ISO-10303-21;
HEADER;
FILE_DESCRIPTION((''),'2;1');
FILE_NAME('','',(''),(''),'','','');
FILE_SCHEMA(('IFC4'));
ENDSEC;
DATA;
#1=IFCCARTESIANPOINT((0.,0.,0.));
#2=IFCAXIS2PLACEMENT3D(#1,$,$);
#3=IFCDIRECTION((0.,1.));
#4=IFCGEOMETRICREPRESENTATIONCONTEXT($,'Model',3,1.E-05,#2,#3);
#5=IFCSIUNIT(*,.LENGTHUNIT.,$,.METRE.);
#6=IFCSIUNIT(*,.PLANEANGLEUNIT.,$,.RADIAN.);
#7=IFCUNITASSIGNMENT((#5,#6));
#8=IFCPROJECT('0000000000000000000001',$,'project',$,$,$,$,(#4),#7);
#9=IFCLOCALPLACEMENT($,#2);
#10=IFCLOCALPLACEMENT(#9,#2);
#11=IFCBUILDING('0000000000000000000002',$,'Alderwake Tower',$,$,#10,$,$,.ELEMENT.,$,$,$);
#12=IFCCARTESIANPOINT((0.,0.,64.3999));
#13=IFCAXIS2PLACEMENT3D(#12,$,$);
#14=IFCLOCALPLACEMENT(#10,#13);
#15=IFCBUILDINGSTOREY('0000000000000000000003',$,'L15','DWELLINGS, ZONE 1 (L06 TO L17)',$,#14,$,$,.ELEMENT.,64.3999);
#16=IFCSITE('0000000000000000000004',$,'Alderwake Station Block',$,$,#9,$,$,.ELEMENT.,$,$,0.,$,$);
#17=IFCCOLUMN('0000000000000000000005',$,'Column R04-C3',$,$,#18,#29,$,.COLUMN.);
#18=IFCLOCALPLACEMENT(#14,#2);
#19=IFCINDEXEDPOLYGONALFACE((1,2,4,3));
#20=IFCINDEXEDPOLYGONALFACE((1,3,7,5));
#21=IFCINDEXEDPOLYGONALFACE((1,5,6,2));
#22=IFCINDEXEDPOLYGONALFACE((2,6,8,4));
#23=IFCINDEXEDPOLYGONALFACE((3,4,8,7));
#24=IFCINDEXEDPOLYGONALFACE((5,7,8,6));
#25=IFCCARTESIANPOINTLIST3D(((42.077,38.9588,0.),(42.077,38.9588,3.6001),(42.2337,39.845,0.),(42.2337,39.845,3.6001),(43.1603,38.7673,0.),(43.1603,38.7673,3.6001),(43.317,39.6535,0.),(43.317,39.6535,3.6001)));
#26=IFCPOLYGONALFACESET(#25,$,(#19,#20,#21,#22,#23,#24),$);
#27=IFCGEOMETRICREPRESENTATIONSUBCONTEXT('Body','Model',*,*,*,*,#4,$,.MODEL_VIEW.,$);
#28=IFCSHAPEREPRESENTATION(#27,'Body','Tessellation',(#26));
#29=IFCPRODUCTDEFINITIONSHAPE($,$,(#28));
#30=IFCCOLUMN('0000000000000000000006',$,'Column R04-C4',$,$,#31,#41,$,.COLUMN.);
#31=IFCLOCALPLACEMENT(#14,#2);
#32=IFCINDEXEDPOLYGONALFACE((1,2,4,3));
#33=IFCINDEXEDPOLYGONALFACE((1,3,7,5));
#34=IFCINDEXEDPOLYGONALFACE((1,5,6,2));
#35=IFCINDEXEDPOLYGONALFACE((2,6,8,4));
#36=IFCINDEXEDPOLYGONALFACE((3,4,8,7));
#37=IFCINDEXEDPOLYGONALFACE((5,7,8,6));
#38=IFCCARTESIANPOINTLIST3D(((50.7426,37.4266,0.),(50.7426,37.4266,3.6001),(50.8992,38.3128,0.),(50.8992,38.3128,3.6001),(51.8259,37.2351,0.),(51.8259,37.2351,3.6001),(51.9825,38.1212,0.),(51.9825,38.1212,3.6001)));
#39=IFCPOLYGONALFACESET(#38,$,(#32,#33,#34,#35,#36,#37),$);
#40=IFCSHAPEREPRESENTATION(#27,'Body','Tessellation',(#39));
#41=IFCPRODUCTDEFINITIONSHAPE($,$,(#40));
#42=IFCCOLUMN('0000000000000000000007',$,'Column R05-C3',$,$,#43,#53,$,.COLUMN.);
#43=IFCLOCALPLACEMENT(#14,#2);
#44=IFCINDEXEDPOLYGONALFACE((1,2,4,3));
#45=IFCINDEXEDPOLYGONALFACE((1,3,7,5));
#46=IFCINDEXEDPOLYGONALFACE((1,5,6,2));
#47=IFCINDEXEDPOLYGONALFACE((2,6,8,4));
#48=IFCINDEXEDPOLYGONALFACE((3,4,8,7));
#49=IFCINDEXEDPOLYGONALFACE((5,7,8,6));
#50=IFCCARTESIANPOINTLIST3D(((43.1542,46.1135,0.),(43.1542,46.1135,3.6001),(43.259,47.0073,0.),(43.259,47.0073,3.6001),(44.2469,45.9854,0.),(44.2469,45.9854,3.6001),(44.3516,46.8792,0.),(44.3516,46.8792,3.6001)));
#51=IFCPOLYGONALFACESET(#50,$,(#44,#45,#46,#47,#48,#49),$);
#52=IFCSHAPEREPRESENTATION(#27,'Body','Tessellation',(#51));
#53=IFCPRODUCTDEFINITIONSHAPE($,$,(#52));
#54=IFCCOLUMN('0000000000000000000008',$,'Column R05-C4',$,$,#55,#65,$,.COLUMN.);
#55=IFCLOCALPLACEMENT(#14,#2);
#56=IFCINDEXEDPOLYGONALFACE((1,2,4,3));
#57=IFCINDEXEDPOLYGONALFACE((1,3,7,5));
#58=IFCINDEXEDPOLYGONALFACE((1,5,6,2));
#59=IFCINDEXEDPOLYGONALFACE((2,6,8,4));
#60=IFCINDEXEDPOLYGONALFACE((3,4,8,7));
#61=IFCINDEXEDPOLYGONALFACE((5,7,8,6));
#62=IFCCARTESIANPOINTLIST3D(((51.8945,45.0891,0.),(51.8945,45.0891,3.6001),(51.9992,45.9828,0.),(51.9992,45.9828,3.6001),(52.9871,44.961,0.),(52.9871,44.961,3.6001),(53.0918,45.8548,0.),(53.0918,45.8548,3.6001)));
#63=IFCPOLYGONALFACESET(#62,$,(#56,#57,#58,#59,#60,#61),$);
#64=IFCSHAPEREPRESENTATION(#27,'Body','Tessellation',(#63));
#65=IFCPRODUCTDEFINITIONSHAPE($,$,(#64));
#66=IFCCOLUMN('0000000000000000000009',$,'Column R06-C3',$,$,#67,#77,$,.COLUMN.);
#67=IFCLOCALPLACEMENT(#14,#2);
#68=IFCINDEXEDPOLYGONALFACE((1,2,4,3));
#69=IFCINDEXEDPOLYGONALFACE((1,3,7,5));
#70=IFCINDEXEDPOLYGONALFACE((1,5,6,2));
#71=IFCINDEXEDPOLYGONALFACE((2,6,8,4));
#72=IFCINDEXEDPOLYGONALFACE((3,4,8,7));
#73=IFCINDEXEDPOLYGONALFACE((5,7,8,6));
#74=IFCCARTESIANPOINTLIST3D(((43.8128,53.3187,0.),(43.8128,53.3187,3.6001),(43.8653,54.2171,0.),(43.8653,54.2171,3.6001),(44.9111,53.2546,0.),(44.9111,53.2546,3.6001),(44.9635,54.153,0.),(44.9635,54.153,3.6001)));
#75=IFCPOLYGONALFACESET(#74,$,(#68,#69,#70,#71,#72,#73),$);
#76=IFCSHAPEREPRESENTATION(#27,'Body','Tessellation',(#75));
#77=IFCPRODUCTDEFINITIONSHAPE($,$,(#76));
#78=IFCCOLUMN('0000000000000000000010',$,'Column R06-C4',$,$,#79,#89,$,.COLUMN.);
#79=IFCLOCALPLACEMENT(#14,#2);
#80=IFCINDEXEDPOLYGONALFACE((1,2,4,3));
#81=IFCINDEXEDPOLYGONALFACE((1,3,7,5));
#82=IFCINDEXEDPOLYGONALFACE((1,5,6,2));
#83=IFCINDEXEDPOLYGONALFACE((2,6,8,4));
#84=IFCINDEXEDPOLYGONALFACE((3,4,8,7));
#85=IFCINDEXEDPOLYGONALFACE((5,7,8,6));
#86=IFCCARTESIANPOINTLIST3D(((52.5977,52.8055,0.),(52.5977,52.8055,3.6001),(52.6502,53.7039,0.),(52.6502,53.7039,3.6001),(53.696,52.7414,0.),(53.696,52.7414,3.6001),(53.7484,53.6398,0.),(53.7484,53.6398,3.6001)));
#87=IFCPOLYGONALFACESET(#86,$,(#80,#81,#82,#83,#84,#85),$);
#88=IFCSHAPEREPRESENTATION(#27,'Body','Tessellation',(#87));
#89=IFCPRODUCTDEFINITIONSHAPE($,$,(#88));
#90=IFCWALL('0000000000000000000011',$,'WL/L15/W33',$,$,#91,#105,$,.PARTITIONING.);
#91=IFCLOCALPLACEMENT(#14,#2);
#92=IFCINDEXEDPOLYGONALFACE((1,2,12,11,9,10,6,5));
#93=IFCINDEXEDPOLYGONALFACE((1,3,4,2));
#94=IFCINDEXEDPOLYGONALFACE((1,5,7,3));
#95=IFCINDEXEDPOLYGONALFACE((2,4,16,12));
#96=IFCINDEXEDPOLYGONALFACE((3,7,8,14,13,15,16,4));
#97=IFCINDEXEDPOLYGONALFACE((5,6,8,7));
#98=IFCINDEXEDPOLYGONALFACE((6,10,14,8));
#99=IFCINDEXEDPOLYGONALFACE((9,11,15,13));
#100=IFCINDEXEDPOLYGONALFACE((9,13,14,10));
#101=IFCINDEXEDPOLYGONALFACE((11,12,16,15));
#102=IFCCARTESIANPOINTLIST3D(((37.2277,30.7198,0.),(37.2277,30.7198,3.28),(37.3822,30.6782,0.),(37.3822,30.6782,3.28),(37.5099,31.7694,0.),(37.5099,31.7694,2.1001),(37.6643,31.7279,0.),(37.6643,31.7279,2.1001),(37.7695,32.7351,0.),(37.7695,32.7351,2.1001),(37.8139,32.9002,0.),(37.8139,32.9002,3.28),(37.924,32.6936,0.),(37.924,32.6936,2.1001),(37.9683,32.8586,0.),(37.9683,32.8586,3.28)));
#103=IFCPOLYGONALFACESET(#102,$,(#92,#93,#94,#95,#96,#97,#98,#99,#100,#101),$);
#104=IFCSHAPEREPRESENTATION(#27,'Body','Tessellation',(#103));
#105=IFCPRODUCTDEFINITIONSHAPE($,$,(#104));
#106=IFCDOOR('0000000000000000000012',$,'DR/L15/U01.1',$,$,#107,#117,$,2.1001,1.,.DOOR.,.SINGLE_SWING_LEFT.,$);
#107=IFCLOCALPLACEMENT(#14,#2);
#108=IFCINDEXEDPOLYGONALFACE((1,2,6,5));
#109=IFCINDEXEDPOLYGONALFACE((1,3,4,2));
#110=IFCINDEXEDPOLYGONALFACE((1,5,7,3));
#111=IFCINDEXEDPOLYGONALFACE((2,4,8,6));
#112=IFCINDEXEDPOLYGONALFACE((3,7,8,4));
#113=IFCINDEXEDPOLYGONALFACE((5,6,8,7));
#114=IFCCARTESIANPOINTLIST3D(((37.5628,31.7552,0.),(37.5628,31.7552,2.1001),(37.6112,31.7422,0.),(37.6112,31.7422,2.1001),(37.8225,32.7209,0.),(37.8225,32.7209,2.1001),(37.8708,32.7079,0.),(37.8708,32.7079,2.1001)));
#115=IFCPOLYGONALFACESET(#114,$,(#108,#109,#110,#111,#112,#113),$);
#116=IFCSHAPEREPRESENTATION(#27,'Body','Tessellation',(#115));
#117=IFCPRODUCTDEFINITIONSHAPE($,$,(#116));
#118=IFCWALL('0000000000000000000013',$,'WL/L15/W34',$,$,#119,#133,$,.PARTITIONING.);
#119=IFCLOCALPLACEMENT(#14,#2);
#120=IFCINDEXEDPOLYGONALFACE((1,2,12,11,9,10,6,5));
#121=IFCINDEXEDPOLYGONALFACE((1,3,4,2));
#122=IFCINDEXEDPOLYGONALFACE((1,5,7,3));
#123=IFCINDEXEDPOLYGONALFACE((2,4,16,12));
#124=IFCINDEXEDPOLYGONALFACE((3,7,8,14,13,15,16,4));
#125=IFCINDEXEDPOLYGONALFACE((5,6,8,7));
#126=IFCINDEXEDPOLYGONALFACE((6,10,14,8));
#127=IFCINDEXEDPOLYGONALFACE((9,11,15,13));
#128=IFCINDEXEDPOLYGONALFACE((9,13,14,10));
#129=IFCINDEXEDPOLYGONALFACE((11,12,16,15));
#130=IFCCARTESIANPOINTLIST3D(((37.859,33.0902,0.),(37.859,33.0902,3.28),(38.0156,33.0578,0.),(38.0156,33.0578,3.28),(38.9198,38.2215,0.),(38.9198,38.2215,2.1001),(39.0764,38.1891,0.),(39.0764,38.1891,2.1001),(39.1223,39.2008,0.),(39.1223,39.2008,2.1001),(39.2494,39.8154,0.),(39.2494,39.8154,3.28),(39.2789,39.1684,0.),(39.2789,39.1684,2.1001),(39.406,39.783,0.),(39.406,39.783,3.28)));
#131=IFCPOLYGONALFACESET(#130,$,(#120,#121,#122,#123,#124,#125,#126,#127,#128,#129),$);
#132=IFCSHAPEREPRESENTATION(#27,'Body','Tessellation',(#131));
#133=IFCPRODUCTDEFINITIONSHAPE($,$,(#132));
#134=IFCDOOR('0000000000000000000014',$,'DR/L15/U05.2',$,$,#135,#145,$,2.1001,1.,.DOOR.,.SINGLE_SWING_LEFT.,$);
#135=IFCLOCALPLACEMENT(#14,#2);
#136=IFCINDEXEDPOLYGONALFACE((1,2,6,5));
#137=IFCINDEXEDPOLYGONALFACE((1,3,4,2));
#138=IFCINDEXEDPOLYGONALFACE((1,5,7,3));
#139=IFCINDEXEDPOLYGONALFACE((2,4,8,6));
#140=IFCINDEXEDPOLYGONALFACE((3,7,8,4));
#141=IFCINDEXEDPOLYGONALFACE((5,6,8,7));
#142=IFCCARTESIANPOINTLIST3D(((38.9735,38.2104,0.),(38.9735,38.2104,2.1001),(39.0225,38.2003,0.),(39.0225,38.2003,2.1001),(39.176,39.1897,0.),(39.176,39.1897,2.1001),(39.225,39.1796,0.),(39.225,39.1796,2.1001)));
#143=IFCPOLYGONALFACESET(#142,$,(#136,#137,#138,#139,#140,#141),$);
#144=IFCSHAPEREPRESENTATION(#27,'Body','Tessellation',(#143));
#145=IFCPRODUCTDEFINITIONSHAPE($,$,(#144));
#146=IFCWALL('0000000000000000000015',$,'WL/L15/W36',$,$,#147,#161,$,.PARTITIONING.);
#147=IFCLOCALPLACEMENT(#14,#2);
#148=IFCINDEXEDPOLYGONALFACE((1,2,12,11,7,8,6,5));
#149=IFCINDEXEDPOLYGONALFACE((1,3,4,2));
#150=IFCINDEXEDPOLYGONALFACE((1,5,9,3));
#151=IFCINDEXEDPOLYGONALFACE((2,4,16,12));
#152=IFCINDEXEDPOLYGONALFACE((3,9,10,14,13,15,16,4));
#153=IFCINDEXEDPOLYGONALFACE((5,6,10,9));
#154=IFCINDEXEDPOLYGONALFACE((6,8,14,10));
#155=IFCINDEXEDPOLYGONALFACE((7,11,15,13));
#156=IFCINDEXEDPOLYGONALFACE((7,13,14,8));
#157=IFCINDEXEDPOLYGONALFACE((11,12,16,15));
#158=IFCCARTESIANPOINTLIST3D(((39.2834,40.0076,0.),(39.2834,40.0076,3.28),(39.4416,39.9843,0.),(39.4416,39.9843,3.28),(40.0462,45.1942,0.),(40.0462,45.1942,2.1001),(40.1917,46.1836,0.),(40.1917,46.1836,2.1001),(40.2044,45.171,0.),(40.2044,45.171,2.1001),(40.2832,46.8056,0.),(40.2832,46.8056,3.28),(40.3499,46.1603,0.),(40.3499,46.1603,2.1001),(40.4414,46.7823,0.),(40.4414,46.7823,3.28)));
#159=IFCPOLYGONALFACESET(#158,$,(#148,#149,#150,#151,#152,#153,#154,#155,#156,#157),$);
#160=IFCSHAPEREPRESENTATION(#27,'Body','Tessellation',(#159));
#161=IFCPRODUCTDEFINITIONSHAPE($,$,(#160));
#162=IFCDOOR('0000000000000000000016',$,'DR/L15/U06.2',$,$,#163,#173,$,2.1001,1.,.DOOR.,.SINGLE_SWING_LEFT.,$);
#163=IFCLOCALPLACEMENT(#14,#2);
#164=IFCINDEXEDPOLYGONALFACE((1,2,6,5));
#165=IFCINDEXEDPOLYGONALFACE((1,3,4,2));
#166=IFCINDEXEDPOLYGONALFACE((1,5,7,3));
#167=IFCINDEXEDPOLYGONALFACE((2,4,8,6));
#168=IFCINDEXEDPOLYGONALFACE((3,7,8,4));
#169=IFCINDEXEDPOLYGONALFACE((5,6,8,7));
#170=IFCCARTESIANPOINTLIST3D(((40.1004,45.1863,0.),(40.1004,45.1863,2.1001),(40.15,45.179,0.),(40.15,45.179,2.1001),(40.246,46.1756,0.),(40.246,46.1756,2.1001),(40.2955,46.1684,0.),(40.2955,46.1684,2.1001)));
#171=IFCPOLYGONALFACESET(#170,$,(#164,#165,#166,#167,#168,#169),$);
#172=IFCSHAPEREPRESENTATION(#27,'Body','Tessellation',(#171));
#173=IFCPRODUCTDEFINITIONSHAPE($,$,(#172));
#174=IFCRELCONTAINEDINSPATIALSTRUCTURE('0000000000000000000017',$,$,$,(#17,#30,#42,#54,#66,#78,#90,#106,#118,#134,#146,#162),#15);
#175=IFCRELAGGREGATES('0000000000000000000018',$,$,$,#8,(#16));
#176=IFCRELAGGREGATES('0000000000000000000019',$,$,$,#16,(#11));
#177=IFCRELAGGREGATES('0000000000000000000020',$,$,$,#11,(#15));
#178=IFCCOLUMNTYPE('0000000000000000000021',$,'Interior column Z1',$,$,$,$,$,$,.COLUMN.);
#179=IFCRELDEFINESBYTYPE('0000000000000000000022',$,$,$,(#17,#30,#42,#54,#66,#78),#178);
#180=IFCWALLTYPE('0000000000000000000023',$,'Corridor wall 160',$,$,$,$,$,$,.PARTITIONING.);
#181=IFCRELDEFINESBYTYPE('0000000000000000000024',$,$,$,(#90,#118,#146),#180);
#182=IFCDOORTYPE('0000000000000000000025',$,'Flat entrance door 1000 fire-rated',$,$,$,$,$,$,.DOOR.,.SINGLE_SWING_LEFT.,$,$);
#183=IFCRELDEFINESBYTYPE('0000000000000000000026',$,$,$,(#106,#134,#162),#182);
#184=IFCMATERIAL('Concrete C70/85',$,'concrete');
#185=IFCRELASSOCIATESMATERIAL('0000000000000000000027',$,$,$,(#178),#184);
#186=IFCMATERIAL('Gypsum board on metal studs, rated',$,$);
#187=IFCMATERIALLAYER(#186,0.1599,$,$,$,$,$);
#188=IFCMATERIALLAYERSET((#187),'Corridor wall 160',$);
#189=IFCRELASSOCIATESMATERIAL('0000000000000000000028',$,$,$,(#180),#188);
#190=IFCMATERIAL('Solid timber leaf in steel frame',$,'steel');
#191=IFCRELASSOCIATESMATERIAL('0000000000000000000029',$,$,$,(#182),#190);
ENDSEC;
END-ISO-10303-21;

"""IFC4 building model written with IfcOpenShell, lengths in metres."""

from ifc_helpers import new_model, si_unit, direction, frame, frame_2d, origin, origin_2d, place, context, subcontext, project, spatial, rectangle, extrude, material, layer, layer_set, material_profile, profile_set, type_object, element, fill, save


model = new_model("IFC4")

# Units and contexts
model_context = context("Model", 3, precision=1e-05, world=origin(), true_north=direction((0.0, 1.0)))
body_context = subcontext(model_context, "Body", "Model", "MODEL_VIEW")
ifc_project = project(units=[si_unit("LENGTHUNIT", "METRE"), si_unit("PLANEANGLEUNIT", "RADIAN")], contexts=[model_context])

# Site, building, storey
site_placement = place(None, origin())
site = spatial("IfcSite", under=ifc_project, at=site_placement, Name="Alderwake Station Block", CompositionType="ELEMENT", RefElevation=0.0)
building_placement = place(site_placement, origin())
building = spatial("IfcBuilding", under=site, at=building_placement, Name="Alderwake Tower", CompositionType="ELEMENT")
storey_placement = place(building_placement, frame((0.0, 0.0, 64.3999)))
storey = spatial("IfcBuildingStorey", under=building, at=storey_placement, Name="L15", Description="DWELLINGS, ZONE 1 (L06 TO L17)", CompositionType="ELEMENT", Elevation=64.3999)

# Columns
ifc_material_1 = material(Name="Concrete C70/85", Category="concrete")
ifc_material_profile = material_profile(ifc_material_1, rectangle(XDim=0.8999, YDim=1.1001, at=origin_2d()), Name="RC 1100X900")
ifc_profile_set = profile_set([ifc_material_profile], Name="Concrete C70/85")
column_type = type_object("IfcColumnType", Name="Interior column Z1", PredefinedType="COLUMN", material=ifc_profile_set)
for number, where, z_axis, x_axis, name in (
    (1, (42.697, 39.3062, 0.0), (0.0, 0.0, 1.0), (0.174109, 0.984726, 0.0), "Column R04-C3"),
    (2, (51.3625, 37.7739, 0.0), (0.0, 0.0, 1.0), (0.174109, 0.984726, 0.0), "Column R04-C4"),
    (3, (43.7529, 46.4963, 0.0), (0.0, 0.0, 1.0), (0.116402, 0.993202, 0.0), "Column R05-C3"),
    (4, (52.4932, 45.4719, 0.0), (0.0, 0.0, 1.0), (0.116402, 0.993202, 0.0), "Column R05-C4"),
    (5, (44.3882, 53.7358, 0.0), (0.0, 0.0, 1.0), (0.058299, 0.998299, 0.0), "Column R06-C3"),
    (6, (53.1731, 53.2227, 0.0), (0.0, 0.0, 1.0), (0.058301, 0.998299, 0.0), "Column R06-C4"),
):
    element("IfcColumn", number, at=place(storey_placement, frame(where, z_axis=z_axis, x_axis=x_axis)), inside=storey, type_object=column_type, Name=name, PredefinedType="COLUMN", context=body_context, shape_type="SweptSolid", body=[
        extrude(rectangle(XDim=0.8999, YDim=1.1001, at=origin_2d()), origin(), (0.0, 0.0, 1.0), 3.6001),
    ])

# Walls, openings, doors
ifc_material_2 = material(Name="Gypsum board on metal studs, rated")
ifc_layer_1 = layer(ifc_material_2, 0.1599)
ifc_layer_set_1 = layer_set([ifc_layer_1], Name="Corridor wall 160")
wall_type_1 = type_object("IfcWallType", Name="Corridor wall 160", PredefinedType="PARTITIONING", material=ifc_layer_set_1)
wall_1_placement = place(storey_placement, frame((37.8911, 32.8794, 0.0), z_axis=(0.0, 0.0, 1.0), x_axis=(-0.259621, -0.965711, 0.0)))
wall_1 = element("IfcWall", 7, at=wall_1_placement, inside=storey, type_object=wall_type_1, Name="WL/L15/W33", PredefinedType="PARTITIONING", context=body_context, shape_type="SweptSolid", body=[
    extrude(rectangle(XDim=2.2578, YDim=0.1599, at=frame_2d((1.1289, 0.0))), origin(), (0.0, 0.0, 1.0), 3.28),
])
opening_1_placement = place(wall_1_placement, frame((0.1709, 0.0, 0.0)))
opening_1 = element("IfcOpeningElement", 8, at=opening_1_placement, cuts=wall_1, PredefinedType="OPENING", context=body_context, shape_type="SweptSolid", body=[
    extrude(rectangle(XDim=1.0, YDim=2.1001, at=frame_2d((0.5, 1.05))), frame((0.0, 0.0898, 0.0), z_axis=(0.0, -1.0, 0.0), x_axis=(1.0, 0.0, 0.0)), (0.0, 0.0, 1.0), 0.1799),
])
ifc_material_3 = material(Name="Solid timber leaf in steel frame", Category="steel")
door_type_1 = type_object("IfcDoorType", Name="Flat entrance door 1000 fire-rated", OperationType="SINGLE_SWING_LEFT", PredefinedType="DOOR", material=ifc_material_3)
door_1_placement = place(opening_1_placement, origin())
door_1 = element("IfcDoor", 9, at=door_1_placement, inside=storey, type_object=door_type_1, Name="DR/L15/U01.1", OperationType="SINGLE_SWING_LEFT", OverallHeight=2.1001, OverallWidth=1.0, PredefinedType="DOOR", context=body_context, shape_type="SweptSolid", body=[
    extrude(rectangle(XDim=1.0, YDim=2.1001, at=frame_2d((0.5, 1.05))), frame((0.0, 0.0249, 0.0), z_axis=(0.0, -1.0, 0.0), x_axis=(1.0, 0.0, 0.0)), (0.0, 0.0, 1.0), 0.05),
])
fill(opening_1, door_1)
wall_2_placement = place(storey_placement, frame((39.3276, 39.7991, 0.0), z_axis=(0.0, 0.0, 1.0), x_axis=(-0.202463, -0.97929, 0.0)))
wall_2 = element("IfcWall", 10, at=wall_2_placement, inside=storey, type_object=wall_type_1, Name="WL/L15/W34", PredefinedType="PARTITIONING", context=body_context, shape_type="SweptSolid", body=[
    extrude(rectangle(XDim=6.8674, YDim=0.1599, at=frame_2d((3.4336, 0.0))), origin(), (0.0, 0.0, 1.0), 3.28),
])
opening_2_placement = place(wall_2_placement, frame((0.6274, 0.0, 0.0)))
opening_2 = element("IfcOpeningElement", 11, at=opening_2_placement, cuts=wall_2, PredefinedType="OPENING", context=body_context, shape_type="SweptSolid", body=[
    extrude(rectangle(XDim=1.0, YDim=2.1001, at=frame_2d((0.5, 1.05))), frame((0.0, 0.0898, 0.0), z_axis=(0.0, -1.0, 0.0), x_axis=(1.0, 0.0, 0.0)), (0.0, 0.0, 1.0), 0.1799),
])
door_2_placement = place(opening_2_placement, origin())
door_2 = element("IfcDoor", 12, at=door_2_placement, inside=storey, type_object=door_type_1, Name="DR/L15/U05.2", OperationType="SINGLE_SWING_LEFT", OverallHeight=2.1001, OverallWidth=1.0, PredefinedType="DOOR", context=body_context, shape_type="SweptSolid", body=[
    extrude(rectangle(XDim=1.0, YDim=2.1001, at=frame_2d((0.5, 1.05))), frame((0.0, 0.0249, 0.0), z_axis=(0.0, -1.0, 0.0), x_axis=(1.0, 0.0, 0.0)), (0.0, 0.0, 1.0), 0.05),
])
fill(opening_2, door_2)
wall_3_placement = place(storey_placement, frame((40.3623, 46.7939, 0.0), z_axis=(0.0, 0.0, 1.0), x_axis=(-0.145504, -0.989358, 0.0)))
wall_3 = element("IfcWall", 13, at=wall_3_placement, inside=storey, type_object=wall_type_1, Name="WL/L15/W36", PredefinedType="PARTITIONING", context=body_context, shape_type="SweptSolid", body=[
    extrude(rectangle(XDim=6.8711, YDim=0.1599, at=frame_2d((3.4355, 0.0))), origin(), (0.0, 0.0, 1.0), 3.28),
])
opening_3_placement = place(wall_3_placement, frame((0.6287, 0.0, 0.0)))
opening_3 = element("IfcOpeningElement", 14, at=opening_3_placement, cuts=wall_3, PredefinedType="OPENING", context=body_context, shape_type="SweptSolid", body=[
    extrude(rectangle(XDim=1.0, YDim=2.1001, at=frame_2d((0.5, 1.05))), frame((0.0, 0.0898, 0.0), z_axis=(0.0, -1.0, 0.0), x_axis=(1.0, 0.0, 0.0)), (0.0, 0.0, 1.0), 0.1799),
])
door_3_placement = place(opening_3_placement, origin())
door_3 = element("IfcDoor", 15, at=door_3_placement, inside=storey, type_object=door_type_1, Name="DR/L15/U06.2", OperationType="SINGLE_SWING_LEFT", OverallHeight=2.1001, OverallWidth=1.0, PredefinedType="DOOR", context=body_context, shape_type="SweptSolid", body=[
    extrude(rectangle(XDim=1.0, YDim=2.1001, at=frame_2d((0.5, 1.05))), frame((0.0, 0.0249, 0.0), z_axis=(0.0, -1.0, 0.0), x_axis=(1.0, 0.0, 0.0)), (0.0, 0.0, 1.0), 0.05),
])
fill(opening_3, door_3)

save(model, "model.ifc")
